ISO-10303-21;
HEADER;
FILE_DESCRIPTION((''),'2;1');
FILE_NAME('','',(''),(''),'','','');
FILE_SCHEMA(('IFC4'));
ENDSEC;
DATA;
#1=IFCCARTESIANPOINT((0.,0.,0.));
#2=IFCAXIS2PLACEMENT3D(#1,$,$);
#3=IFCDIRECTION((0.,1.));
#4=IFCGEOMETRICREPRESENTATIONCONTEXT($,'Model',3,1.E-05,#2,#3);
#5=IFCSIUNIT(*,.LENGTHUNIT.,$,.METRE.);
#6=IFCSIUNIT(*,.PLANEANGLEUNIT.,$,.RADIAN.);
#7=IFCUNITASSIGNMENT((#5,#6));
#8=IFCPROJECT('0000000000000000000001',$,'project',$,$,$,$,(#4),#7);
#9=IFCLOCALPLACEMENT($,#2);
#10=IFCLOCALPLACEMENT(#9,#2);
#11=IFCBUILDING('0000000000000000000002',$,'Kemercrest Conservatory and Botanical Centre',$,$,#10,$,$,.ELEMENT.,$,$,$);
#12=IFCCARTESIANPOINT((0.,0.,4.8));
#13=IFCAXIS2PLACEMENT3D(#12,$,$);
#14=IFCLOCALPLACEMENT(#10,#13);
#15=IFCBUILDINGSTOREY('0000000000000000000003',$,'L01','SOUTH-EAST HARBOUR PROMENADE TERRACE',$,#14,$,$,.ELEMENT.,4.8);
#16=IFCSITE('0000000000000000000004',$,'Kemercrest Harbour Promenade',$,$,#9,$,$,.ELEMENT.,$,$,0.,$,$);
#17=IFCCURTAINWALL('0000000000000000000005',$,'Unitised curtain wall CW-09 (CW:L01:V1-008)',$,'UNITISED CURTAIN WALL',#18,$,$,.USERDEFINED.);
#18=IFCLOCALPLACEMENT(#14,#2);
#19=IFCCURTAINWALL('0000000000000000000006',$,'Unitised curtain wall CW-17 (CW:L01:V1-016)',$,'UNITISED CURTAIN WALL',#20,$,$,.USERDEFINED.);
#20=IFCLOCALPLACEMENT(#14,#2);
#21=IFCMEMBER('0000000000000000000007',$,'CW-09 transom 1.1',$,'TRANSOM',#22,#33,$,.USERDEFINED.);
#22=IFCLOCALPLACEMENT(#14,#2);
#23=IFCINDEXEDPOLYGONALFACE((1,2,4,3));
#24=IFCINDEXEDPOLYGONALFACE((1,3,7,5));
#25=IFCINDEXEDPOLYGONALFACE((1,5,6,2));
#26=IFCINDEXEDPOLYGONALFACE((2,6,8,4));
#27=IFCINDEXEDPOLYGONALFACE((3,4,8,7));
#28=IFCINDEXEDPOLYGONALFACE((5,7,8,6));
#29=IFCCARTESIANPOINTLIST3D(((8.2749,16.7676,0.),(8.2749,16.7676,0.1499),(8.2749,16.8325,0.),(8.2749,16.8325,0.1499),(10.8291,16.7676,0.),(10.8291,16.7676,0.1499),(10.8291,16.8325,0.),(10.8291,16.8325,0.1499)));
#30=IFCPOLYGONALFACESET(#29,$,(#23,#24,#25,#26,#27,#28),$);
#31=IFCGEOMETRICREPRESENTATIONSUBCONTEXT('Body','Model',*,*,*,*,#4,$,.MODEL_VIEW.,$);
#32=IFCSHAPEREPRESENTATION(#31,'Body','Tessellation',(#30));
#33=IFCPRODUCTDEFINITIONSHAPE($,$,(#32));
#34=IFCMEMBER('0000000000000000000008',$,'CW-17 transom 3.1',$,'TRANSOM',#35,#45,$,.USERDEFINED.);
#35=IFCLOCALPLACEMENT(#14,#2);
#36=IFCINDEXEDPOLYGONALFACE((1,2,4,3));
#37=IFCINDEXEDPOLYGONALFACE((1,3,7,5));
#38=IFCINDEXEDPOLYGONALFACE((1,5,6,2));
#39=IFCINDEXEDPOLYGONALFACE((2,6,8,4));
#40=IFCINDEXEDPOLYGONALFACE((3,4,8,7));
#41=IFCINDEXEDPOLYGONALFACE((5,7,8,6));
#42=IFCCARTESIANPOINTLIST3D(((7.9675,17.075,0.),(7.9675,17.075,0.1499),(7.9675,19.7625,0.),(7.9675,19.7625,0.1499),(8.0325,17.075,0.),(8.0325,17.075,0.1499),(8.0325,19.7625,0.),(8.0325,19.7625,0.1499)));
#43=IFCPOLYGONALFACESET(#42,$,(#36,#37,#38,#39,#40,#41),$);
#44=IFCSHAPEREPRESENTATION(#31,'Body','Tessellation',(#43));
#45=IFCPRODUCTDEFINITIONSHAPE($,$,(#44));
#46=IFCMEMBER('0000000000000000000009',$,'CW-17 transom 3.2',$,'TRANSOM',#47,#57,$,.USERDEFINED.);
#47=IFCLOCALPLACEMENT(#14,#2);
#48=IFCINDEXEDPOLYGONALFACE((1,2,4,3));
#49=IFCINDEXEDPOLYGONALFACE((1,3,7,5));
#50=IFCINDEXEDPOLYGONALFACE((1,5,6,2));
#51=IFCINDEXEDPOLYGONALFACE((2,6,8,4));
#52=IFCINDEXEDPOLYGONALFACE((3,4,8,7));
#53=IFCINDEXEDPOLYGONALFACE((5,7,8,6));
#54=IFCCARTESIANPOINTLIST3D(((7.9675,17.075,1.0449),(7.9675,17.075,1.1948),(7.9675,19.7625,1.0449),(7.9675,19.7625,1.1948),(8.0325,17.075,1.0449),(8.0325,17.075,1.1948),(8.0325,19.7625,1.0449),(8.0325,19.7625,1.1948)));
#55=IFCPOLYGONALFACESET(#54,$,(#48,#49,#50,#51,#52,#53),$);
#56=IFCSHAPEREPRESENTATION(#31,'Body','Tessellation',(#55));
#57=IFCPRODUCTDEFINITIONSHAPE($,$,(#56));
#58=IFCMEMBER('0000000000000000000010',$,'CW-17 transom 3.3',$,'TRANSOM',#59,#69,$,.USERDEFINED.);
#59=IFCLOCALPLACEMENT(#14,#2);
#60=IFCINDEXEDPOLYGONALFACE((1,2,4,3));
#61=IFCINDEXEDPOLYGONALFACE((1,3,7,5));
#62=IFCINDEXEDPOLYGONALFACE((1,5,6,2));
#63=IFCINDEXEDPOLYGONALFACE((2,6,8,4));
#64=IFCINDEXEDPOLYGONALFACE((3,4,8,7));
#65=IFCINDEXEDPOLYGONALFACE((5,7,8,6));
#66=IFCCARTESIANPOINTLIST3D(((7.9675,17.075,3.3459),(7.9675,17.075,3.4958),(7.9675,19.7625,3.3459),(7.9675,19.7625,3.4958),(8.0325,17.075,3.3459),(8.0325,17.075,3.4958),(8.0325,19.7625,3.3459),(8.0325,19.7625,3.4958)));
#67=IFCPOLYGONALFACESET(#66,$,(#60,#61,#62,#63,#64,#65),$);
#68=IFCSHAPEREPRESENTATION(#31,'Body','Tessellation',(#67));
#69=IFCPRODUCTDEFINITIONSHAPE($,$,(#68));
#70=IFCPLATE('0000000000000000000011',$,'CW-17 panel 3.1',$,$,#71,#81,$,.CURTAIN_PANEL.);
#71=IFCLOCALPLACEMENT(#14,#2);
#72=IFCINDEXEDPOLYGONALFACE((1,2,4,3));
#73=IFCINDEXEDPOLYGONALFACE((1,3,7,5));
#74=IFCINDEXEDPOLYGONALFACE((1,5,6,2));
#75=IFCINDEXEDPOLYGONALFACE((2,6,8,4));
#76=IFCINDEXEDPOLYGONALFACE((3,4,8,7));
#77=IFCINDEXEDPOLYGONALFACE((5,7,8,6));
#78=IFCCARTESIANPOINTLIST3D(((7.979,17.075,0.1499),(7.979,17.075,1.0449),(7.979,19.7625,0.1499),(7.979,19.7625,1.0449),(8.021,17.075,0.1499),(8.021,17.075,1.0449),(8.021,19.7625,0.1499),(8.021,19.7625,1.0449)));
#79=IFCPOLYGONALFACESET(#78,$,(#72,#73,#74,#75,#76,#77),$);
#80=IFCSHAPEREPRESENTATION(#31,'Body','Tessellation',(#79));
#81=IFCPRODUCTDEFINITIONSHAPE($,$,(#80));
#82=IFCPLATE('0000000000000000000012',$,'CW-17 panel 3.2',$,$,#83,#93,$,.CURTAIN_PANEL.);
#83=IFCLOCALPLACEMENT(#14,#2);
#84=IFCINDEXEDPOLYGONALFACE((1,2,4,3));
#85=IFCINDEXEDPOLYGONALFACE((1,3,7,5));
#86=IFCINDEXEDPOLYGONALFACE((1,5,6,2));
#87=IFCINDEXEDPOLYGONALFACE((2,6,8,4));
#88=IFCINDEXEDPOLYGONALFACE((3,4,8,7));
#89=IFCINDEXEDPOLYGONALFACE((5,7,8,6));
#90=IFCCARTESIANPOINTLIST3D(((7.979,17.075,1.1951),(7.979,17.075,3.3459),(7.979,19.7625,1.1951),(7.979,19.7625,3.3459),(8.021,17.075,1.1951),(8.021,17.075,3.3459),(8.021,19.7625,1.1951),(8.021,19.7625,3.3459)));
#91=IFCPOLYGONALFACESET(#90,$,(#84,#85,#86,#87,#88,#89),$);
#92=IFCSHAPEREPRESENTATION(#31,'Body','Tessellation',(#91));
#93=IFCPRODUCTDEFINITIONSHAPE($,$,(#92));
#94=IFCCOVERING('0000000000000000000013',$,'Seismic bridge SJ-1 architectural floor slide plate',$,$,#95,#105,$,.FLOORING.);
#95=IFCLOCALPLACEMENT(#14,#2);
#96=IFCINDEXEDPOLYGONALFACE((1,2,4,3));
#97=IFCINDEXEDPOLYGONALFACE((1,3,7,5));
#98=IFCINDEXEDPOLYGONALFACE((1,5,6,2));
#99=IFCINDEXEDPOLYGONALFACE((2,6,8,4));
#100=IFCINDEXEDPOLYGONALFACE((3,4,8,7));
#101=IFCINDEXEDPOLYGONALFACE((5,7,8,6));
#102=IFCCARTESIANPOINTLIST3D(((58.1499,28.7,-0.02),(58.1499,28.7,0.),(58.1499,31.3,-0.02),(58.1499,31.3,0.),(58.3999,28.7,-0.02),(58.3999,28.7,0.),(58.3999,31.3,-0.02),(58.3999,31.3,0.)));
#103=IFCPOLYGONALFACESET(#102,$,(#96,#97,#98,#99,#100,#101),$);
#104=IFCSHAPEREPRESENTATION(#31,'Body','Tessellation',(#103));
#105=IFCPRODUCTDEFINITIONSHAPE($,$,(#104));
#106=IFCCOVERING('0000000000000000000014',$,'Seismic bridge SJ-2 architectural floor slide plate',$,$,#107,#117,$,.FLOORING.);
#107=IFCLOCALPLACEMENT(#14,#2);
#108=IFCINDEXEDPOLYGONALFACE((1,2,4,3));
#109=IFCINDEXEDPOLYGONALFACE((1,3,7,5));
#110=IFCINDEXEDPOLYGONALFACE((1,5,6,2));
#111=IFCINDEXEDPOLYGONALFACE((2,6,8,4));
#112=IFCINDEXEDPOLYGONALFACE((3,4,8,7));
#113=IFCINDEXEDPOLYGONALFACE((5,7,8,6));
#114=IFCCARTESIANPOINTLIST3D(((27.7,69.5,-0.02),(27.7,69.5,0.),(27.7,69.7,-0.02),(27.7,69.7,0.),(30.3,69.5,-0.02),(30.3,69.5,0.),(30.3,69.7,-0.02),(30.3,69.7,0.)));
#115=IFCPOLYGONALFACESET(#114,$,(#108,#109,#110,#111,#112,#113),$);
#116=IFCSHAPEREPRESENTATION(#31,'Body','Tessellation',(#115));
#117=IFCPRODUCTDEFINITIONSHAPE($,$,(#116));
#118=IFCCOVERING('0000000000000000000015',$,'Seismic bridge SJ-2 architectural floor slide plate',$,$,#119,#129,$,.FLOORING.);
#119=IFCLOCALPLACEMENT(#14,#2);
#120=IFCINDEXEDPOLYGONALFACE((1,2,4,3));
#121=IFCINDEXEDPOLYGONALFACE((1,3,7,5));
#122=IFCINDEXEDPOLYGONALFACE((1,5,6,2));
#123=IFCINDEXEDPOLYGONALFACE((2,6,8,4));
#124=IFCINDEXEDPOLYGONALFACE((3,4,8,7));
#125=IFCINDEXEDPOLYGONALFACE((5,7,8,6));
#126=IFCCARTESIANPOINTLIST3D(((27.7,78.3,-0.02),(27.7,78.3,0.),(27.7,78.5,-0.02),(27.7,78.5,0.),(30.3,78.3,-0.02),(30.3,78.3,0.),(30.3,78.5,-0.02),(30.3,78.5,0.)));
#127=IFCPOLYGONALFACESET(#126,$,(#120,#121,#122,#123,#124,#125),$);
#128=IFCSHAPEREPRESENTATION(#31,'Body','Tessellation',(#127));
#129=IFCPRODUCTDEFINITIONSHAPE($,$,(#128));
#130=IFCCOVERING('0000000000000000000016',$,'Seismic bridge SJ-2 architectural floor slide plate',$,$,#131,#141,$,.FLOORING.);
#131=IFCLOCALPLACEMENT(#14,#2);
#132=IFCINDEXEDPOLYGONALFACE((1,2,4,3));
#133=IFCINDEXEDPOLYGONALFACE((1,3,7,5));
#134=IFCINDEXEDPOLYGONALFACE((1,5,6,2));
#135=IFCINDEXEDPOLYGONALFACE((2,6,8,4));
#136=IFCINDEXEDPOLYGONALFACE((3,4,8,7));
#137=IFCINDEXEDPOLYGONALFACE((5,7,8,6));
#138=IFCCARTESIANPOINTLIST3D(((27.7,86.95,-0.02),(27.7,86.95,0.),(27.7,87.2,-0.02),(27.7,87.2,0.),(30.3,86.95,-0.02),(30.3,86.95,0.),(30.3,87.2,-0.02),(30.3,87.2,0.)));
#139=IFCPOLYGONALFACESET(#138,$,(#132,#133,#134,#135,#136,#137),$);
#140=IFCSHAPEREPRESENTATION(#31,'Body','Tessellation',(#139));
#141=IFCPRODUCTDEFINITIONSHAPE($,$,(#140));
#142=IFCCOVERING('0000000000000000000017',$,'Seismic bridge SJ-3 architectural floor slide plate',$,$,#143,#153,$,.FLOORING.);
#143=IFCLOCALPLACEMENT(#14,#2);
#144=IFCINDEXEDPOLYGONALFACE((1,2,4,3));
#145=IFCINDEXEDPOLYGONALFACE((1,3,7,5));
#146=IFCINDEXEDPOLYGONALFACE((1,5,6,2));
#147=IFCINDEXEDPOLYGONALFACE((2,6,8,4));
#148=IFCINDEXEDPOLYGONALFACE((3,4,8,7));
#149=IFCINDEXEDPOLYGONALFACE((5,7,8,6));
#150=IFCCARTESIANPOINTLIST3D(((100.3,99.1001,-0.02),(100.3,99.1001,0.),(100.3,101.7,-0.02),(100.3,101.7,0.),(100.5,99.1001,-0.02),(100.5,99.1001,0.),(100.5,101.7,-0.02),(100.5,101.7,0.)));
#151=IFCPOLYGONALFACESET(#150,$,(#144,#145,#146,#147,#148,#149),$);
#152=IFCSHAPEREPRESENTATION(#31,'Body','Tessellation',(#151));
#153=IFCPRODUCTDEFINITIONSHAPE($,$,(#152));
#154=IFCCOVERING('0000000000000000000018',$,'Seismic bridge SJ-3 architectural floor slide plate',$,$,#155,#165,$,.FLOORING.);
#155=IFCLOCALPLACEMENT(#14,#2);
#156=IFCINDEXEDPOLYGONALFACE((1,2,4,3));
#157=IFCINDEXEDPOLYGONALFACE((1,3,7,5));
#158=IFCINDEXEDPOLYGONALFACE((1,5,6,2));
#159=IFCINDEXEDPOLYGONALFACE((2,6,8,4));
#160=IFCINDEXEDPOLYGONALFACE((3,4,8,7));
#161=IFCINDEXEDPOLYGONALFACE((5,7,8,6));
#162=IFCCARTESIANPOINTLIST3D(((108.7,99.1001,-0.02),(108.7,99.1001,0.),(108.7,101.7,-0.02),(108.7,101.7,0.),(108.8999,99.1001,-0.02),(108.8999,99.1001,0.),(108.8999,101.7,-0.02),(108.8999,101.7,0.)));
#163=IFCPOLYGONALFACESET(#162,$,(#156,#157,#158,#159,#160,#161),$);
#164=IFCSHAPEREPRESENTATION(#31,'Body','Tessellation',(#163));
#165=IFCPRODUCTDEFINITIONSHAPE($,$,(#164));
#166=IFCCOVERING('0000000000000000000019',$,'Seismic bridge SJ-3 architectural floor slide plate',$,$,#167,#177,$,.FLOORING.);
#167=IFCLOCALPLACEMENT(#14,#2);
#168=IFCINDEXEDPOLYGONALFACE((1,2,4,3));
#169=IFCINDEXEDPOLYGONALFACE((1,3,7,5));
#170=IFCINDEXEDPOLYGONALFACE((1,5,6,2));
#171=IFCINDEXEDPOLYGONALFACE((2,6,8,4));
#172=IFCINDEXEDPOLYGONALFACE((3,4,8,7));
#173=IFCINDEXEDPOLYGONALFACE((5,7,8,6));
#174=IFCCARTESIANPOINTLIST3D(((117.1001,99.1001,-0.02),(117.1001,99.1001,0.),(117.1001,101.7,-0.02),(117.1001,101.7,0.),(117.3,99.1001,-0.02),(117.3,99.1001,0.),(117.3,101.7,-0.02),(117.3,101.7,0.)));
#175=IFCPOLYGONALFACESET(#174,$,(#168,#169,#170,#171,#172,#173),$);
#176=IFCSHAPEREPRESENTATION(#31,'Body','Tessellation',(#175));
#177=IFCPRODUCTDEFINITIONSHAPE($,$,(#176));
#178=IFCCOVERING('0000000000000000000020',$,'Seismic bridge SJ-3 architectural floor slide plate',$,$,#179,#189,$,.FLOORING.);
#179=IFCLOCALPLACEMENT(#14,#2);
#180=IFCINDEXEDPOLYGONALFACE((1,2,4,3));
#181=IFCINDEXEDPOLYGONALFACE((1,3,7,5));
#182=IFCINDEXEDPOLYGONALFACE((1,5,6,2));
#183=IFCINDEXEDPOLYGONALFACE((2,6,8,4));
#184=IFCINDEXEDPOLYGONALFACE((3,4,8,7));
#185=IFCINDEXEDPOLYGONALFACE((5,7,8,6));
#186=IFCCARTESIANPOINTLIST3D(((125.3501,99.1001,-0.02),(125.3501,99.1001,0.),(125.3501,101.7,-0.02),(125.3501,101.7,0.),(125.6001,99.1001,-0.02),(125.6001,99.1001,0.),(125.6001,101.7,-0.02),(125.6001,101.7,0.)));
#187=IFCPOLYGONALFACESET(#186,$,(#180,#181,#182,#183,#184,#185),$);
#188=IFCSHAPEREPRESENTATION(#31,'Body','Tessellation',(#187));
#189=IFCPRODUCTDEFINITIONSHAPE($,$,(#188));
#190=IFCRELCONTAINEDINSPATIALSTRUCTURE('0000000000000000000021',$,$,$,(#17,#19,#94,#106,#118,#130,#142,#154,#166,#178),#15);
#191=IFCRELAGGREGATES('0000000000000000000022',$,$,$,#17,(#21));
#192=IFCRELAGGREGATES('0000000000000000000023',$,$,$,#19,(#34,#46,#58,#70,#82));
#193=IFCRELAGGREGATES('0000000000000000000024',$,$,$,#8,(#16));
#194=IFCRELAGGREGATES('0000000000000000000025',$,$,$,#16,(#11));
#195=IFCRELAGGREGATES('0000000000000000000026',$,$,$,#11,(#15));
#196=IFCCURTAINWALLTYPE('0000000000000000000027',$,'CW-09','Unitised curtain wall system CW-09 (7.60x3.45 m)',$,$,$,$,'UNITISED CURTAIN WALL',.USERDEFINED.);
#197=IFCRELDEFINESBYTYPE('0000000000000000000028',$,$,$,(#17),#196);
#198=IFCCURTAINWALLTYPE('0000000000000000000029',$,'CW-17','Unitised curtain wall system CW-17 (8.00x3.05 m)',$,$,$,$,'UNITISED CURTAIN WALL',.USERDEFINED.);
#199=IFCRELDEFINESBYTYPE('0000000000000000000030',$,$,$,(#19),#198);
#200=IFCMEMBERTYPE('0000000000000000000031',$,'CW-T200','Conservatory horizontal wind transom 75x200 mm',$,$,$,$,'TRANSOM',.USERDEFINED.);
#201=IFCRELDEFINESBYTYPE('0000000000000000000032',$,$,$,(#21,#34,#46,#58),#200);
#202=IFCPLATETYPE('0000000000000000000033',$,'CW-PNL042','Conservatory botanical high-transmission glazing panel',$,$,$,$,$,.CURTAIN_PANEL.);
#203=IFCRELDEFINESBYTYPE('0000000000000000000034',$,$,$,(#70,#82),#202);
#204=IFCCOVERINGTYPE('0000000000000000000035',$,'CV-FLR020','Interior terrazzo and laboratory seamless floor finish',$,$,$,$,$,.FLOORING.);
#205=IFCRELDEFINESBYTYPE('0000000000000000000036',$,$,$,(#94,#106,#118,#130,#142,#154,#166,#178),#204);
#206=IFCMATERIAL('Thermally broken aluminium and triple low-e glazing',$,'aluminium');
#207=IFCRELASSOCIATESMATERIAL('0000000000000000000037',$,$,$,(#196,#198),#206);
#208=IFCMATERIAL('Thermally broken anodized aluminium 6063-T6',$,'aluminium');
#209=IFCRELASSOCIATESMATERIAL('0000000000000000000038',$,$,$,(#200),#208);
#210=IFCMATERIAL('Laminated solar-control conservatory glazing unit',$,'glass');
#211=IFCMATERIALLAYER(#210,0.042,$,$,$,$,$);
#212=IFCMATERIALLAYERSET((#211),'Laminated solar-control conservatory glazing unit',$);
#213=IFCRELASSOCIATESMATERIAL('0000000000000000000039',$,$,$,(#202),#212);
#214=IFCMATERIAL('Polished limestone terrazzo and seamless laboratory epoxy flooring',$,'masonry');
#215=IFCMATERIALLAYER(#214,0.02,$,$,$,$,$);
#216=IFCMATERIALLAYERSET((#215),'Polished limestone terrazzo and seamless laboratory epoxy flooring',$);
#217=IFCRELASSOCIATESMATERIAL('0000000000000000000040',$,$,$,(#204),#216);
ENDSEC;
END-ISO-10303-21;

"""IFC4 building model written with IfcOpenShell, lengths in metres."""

from ifc_helpers import new_model, si_unit, direction, frame, origin, origin_2d, place, context, subcontext, project, spatial, polyline, rectangle, outline, extrude, material, layer, layer_set, material_profile, profile_set, type_object, element, aggregate, save


model = new_model("IFC4")

# Units and contexts
model_context = context("Model", 3, precision=1e-05, world=origin(), true_north=direction((0.0, 1.0)))
body_context = subcontext(model_context, "Body", "Model", "MODEL_VIEW")
ifc_project = project(units=[si_unit("LENGTHUNIT", "METRE"), si_unit("PLANEANGLEUNIT", "RADIAN")], contexts=[model_context])

# Site, building, storey
site_placement = place(None, origin())
site = spatial("IfcSite", under=ifc_project, at=site_placement, Name="Kemercrest Harbour Promenade", CompositionType="ELEMENT", RefElevation=0.0)
building_placement = place(site_placement, origin())
building = spatial("IfcBuilding", under=site, at=building_placement, Name="Kemercrest Conservatory and Botanical Centre", CompositionType="ELEMENT")
storey_placement = place(building_placement, frame((0.0, 0.0, 4.8)))
storey = spatial("IfcBuildingStorey", under=building, at=storey_placement, Name="L01", Description="SOUTH-EAST HARBOUR PROMENADE TERRACE", CompositionType="ELEMENT", Elevation=4.8)

# Curtain walls
ifc_material_1 = material(Name="Thermally broken aluminium and triple low-e glazing", Category="aluminium")
curtain_wall_type_1 = type_object("IfcCurtainWallType", Name="CW-09", Description="Unitised curtain wall system CW-09 (7.60x3.45 m)", ElementType="UNITISED CURTAIN WALL", PredefinedType="USERDEFINED", material=ifc_material_1)
curtain_wall_1_placement = place(storey_placement, origin())
curtain_wall_1 = element("IfcCurtainWall", 1, at=curtain_wall_1_placement, inside=storey, type_object=curtain_wall_type_1, Name="Unitised curtain wall CW-09 (CW:L01:V1-008)", ObjectType="UNITISED CURTAIN WALL", PredefinedType="USERDEFINED")
ifc_material_2 = material(Name="Thermally broken anodized aluminium 6063-T6", Category="aluminium")
curtain_wall_type_2 = type_object("IfcCurtainWallType", Name="CW-17", Description="Unitised curtain wall system CW-17 (8.00x3.05 m)", ElementType="UNITISED CURTAIN WALL", PredefinedType="USERDEFINED", material=ifc_material_1)
curtain_wall_2_placement = place(storey_placement, origin())
curtain_wall_2 = element("IfcCurtainWall", 2, at=curtain_wall_2_placement, inside=storey, type_object=curtain_wall_type_2, Name="Unitised curtain wall CW-17 (CW:L01:V1-016)", ObjectType="UNITISED CURTAIN WALL", PredefinedType="USERDEFINED")

# Members
ifc_material_profile_1 = material_profile(ifc_material_2, rectangle(XDim=0.0649, YDim=0.1499, at=origin_2d()), Name="AL TRANSOM 65x150")
ifc_profile_set_1 = profile_set([ifc_material_profile_1], Name="Thermally broken anodized aluminium 6063-T6")
member_type_1 = type_object("IfcMemberType", Name="CW-T200", Description="Conservatory horizontal wind transom 75x200 mm", ElementType="TRANSOM", PredefinedType="USERDEFINED", material=ifc_profile_set_1)
member_1_placement = place(storey_placement, frame((8.2749, 16.8, 0.075), z_axis=(1.0, 0.0, 0.0), x_axis=(0.0, 1.0, 0.0)))
member_1 = element("IfcMember", 3, at=member_1_placement, type_object=member_type_1, Name="CW-09 transom 1.1", ObjectType="TRANSOM", PredefinedType="USERDEFINED", context=body_context, shape_type="SweptSolid", body=[
    extrude(rectangle(XDim=0.0649, YDim=0.1499, at=origin_2d()), origin(), (0.0, 0.0, 1.0), 2.5542),
])
aggregate(curtain_wall_1, [member_1])
member_2_placement = place(storey_placement, frame((8.0, 19.7625, 0.075), z_axis=(0.0, -1.0, 0.0), x_axis=(1.0, 0.0, 0.0)))
member_2 = element("IfcMember", 4, at=member_2_placement, type_object=member_type_1, Name="CW-17 transom 3.1", ObjectType="TRANSOM", PredefinedType="USERDEFINED", context=body_context, shape_type="SweptSolid", body=[
    extrude(rectangle(XDim=0.0649, YDim=0.1499, at=origin_2d()), origin(), (0.0, 0.0, 1.0), 2.6875),
])
member_3_placement = place(storey_placement, frame((8.0, 19.7625, 1.1199), z_axis=(0.0, -1.0, 0.0), x_axis=(1.0, 0.0, 0.0)))
member_3 = element("IfcMember", 5, at=member_3_placement, type_object=member_type_1, Name="CW-17 transom 3.2", ObjectType="TRANSOM", PredefinedType="USERDEFINED", context=body_context, shape_type="SweptSolid", body=[
    extrude(rectangle(XDim=0.0649, YDim=0.1499, at=origin_2d()), origin(), (0.0, 0.0, 1.0), 2.6875),
])
member_4_placement = place(storey_placement, frame((8.0, 19.7625, 3.4209), z_axis=(0.0, -1.0, 0.0), x_axis=(1.0, 0.0, 0.0)))
member_4 = element("IfcMember", 6, at=member_4_placement, type_object=member_type_1, Name="CW-17 transom 3.3", ObjectType="TRANSOM", PredefinedType="USERDEFINED", context=body_context, shape_type="SweptSolid", body=[
    extrude(rectangle(XDim=0.0649, YDim=0.1499, at=origin_2d()), origin(), (0.0, 0.0, 1.0), 2.6875),
])

# Plates
ifc_material_3 = material(Name="Laminated solar-control conservatory glazing unit", Category="glass")
ifc_layer_1 = layer(ifc_material_3, 0.042)
ifc_layer_set_1 = layer_set([ifc_layer_1], Name="Laminated solar-control conservatory glazing unit")
plate_type = type_object("IfcPlateType", Name="CW-PNL042", Description="Conservatory botanical high-transmission glazing panel", PredefinedType="CURTAIN_PANEL", material=ifc_layer_set_1)
plate_1_placement = place(storey_placement, frame((8.0, 18.4187, 0.1499), z_axis=(0.0, 0.0, 1.0), x_axis=(0.0, -1.0, 0.0)))
plate_1 = element("IfcPlate", 7, at=plate_1_placement, type_object=plate_type, Name="CW-17 panel 3.1", PredefinedType="CURTAIN_PANEL", context=body_context, shape_type="SweptSolid", body=[
    extrude(rectangle(XDim=2.6875, YDim=0.042, at=origin_2d()), origin(), (0.0, 0.0, 1.0), 0.895),
])
plate_2_placement = place(storey_placement, frame((8.0, 18.4187, 1.1951), z_axis=(0.0, 0.0, 1.0), x_axis=(0.0, -1.0, 0.0)))
plate_2 = element("IfcPlate", 8, at=plate_2_placement, type_object=plate_type, Name="CW-17 panel 3.2", PredefinedType="CURTAIN_PANEL", context=body_context, shape_type="SweptSolid", body=[
    extrude(rectangle(XDim=2.6875, YDim=0.042, at=origin_2d()), origin(), (0.0, 0.0, 1.0), 2.1509),
])
aggregate(curtain_wall_2, [member_2, member_3, member_4, plate_1, plate_2])

# Coverings
ifc_material_4 = material(Name="Polished limestone terrazzo and seamless laboratory epoxy flooring", Category="masonry")
ifc_layer_2 = layer(ifc_material_4, 0.02)
ifc_layer_set_2 = layer_set([ifc_layer_2], Name="Polished limestone terrazzo and seamless laboratory epoxy flooring")
covering_type = type_object("IfcCoveringType", Name="CV-FLR020", Description="Interior terrazzo and laboratory seamless floor finish", PredefinedType="FLOORING", material=ifc_layer_set_2)
covering_1_placement = place(storey_placement, frame((0.0, 0.0, -0.02)))
element("IfcCovering", 9, at=covering_1_placement, inside=storey, type_object=covering_type, Name="Seismic bridge SJ-1 architectural floor slide plate", PredefinedType="FLOORING", context=body_context, shape_type="SweptSolid", body=[
    extrude(outline(polyline([(58.1499, 28.7), (58.3999, 28.7), (58.3999, 31.3), (58.1499, 31.3), (58.1499, 28.7)])), origin(), (0.0, 0.0, 1.0), 0.02),
])
covering_2_placement = place(storey_placement, frame((0.0, 0.0, -0.02)))
element("IfcCovering", 10, at=covering_2_placement, inside=storey, type_object=covering_type, Name="Seismic bridge SJ-2 architectural floor slide plate", PredefinedType="FLOORING", context=body_context, shape_type="SweptSolid", body=[
    extrude(outline(polyline([(27.7, 69.5), (30.3, 69.5), (30.3, 69.7), (27.7, 69.7), (27.7, 69.5)])), origin(), (0.0, 0.0, 1.0), 0.02),
])
covering_3_placement = place(storey_placement, frame((0.0, 0.0, -0.02)))
element("IfcCovering", 11, at=covering_3_placement, inside=storey, type_object=covering_type, Name="Seismic bridge SJ-2 architectural floor slide plate", PredefinedType="FLOORING", context=body_context, shape_type="SweptSolid", body=[
    extrude(outline(polyline([(27.7, 78.3), (30.3, 78.3), (30.3, 78.5), (27.7, 78.5), (27.7, 78.3)])), origin(), (0.0, 0.0, 1.0), 0.02),
])
covering_4_placement = place(storey_placement, frame((0.0, 0.0, -0.02)))
element("IfcCovering", 12, at=covering_4_placement, inside=storey, type_object=covering_type, Name="Seismic bridge SJ-2 architectural floor slide plate", PredefinedType="FLOORING", context=body_context, shape_type="SweptSolid", body=[
    extrude(outline(polyline([(27.7, 86.95), (30.3, 86.95), (30.3, 87.2), (27.7, 87.2), (27.7, 86.95)])), origin(), (0.0, 0.0, 1.0), 0.02),
])
covering_5_placement = place(storey_placement, frame((0.0, 0.0, -0.02)))
element("IfcCovering", 13, at=covering_5_placement, inside=storey, type_object=covering_type, Name="Seismic bridge SJ-3 architectural floor slide plate", PredefinedType="FLOORING", context=body_context, shape_type="SweptSolid", body=[
    extrude(outline(polyline([(100.3, 99.1001), (100.5, 99.1001), (100.5, 101.7), (100.3, 101.7), (100.3, 99.1001)])), origin(), (0.0, 0.0, 1.0), 0.02),
])
covering_6_placement = place(storey_placement, frame((0.0, 0.0, -0.02)))
element("IfcCovering", 14, at=covering_6_placement, inside=storey, type_object=covering_type, Name="Seismic bridge SJ-3 architectural floor slide plate", PredefinedType="FLOORING", context=body_context, shape_type="SweptSolid", body=[
    extrude(outline(polyline([(108.7, 99.1001), (108.8999, 99.1001), (108.8999, 101.7), (108.7, 101.7), (108.7, 99.1001)])), origin(), (0.0, 0.0, 1.0), 0.02),
])
covering_7_placement = place(storey_placement, frame((0.0, 0.0, -0.02)))
element("IfcCovering", 15, at=covering_7_placement, inside=storey, type_object=covering_type, Name="Seismic bridge SJ-3 architectural floor slide plate", PredefinedType="FLOORING", context=body_context, shape_type="SweptSolid", body=[
    extrude(outline(polyline([(117.1001, 99.1001), (117.3, 99.1001), (117.3, 101.7), (117.1001, 101.7), (117.1001, 99.1001)])), origin(), (0.0, 0.0, 1.0), 0.02),
])
covering_8_placement = place(storey_placement, frame((0.0, 0.0, -0.02)))
element("IfcCovering", 16, at=covering_8_placement, inside=storey, type_object=covering_type, Name="Seismic bridge SJ-3 architectural floor slide plate", PredefinedType="FLOORING", context=body_context, shape_type="SweptSolid", body=[
    extrude(outline(polyline([(125.3501, 99.1001), (125.6001, 99.1001), (125.6001, 101.7), (125.3501, 101.7), (125.3501, 99.1001)])), origin(), (0.0, 0.0, 1.0), 0.02),
])

save(model, "model.ifc")
